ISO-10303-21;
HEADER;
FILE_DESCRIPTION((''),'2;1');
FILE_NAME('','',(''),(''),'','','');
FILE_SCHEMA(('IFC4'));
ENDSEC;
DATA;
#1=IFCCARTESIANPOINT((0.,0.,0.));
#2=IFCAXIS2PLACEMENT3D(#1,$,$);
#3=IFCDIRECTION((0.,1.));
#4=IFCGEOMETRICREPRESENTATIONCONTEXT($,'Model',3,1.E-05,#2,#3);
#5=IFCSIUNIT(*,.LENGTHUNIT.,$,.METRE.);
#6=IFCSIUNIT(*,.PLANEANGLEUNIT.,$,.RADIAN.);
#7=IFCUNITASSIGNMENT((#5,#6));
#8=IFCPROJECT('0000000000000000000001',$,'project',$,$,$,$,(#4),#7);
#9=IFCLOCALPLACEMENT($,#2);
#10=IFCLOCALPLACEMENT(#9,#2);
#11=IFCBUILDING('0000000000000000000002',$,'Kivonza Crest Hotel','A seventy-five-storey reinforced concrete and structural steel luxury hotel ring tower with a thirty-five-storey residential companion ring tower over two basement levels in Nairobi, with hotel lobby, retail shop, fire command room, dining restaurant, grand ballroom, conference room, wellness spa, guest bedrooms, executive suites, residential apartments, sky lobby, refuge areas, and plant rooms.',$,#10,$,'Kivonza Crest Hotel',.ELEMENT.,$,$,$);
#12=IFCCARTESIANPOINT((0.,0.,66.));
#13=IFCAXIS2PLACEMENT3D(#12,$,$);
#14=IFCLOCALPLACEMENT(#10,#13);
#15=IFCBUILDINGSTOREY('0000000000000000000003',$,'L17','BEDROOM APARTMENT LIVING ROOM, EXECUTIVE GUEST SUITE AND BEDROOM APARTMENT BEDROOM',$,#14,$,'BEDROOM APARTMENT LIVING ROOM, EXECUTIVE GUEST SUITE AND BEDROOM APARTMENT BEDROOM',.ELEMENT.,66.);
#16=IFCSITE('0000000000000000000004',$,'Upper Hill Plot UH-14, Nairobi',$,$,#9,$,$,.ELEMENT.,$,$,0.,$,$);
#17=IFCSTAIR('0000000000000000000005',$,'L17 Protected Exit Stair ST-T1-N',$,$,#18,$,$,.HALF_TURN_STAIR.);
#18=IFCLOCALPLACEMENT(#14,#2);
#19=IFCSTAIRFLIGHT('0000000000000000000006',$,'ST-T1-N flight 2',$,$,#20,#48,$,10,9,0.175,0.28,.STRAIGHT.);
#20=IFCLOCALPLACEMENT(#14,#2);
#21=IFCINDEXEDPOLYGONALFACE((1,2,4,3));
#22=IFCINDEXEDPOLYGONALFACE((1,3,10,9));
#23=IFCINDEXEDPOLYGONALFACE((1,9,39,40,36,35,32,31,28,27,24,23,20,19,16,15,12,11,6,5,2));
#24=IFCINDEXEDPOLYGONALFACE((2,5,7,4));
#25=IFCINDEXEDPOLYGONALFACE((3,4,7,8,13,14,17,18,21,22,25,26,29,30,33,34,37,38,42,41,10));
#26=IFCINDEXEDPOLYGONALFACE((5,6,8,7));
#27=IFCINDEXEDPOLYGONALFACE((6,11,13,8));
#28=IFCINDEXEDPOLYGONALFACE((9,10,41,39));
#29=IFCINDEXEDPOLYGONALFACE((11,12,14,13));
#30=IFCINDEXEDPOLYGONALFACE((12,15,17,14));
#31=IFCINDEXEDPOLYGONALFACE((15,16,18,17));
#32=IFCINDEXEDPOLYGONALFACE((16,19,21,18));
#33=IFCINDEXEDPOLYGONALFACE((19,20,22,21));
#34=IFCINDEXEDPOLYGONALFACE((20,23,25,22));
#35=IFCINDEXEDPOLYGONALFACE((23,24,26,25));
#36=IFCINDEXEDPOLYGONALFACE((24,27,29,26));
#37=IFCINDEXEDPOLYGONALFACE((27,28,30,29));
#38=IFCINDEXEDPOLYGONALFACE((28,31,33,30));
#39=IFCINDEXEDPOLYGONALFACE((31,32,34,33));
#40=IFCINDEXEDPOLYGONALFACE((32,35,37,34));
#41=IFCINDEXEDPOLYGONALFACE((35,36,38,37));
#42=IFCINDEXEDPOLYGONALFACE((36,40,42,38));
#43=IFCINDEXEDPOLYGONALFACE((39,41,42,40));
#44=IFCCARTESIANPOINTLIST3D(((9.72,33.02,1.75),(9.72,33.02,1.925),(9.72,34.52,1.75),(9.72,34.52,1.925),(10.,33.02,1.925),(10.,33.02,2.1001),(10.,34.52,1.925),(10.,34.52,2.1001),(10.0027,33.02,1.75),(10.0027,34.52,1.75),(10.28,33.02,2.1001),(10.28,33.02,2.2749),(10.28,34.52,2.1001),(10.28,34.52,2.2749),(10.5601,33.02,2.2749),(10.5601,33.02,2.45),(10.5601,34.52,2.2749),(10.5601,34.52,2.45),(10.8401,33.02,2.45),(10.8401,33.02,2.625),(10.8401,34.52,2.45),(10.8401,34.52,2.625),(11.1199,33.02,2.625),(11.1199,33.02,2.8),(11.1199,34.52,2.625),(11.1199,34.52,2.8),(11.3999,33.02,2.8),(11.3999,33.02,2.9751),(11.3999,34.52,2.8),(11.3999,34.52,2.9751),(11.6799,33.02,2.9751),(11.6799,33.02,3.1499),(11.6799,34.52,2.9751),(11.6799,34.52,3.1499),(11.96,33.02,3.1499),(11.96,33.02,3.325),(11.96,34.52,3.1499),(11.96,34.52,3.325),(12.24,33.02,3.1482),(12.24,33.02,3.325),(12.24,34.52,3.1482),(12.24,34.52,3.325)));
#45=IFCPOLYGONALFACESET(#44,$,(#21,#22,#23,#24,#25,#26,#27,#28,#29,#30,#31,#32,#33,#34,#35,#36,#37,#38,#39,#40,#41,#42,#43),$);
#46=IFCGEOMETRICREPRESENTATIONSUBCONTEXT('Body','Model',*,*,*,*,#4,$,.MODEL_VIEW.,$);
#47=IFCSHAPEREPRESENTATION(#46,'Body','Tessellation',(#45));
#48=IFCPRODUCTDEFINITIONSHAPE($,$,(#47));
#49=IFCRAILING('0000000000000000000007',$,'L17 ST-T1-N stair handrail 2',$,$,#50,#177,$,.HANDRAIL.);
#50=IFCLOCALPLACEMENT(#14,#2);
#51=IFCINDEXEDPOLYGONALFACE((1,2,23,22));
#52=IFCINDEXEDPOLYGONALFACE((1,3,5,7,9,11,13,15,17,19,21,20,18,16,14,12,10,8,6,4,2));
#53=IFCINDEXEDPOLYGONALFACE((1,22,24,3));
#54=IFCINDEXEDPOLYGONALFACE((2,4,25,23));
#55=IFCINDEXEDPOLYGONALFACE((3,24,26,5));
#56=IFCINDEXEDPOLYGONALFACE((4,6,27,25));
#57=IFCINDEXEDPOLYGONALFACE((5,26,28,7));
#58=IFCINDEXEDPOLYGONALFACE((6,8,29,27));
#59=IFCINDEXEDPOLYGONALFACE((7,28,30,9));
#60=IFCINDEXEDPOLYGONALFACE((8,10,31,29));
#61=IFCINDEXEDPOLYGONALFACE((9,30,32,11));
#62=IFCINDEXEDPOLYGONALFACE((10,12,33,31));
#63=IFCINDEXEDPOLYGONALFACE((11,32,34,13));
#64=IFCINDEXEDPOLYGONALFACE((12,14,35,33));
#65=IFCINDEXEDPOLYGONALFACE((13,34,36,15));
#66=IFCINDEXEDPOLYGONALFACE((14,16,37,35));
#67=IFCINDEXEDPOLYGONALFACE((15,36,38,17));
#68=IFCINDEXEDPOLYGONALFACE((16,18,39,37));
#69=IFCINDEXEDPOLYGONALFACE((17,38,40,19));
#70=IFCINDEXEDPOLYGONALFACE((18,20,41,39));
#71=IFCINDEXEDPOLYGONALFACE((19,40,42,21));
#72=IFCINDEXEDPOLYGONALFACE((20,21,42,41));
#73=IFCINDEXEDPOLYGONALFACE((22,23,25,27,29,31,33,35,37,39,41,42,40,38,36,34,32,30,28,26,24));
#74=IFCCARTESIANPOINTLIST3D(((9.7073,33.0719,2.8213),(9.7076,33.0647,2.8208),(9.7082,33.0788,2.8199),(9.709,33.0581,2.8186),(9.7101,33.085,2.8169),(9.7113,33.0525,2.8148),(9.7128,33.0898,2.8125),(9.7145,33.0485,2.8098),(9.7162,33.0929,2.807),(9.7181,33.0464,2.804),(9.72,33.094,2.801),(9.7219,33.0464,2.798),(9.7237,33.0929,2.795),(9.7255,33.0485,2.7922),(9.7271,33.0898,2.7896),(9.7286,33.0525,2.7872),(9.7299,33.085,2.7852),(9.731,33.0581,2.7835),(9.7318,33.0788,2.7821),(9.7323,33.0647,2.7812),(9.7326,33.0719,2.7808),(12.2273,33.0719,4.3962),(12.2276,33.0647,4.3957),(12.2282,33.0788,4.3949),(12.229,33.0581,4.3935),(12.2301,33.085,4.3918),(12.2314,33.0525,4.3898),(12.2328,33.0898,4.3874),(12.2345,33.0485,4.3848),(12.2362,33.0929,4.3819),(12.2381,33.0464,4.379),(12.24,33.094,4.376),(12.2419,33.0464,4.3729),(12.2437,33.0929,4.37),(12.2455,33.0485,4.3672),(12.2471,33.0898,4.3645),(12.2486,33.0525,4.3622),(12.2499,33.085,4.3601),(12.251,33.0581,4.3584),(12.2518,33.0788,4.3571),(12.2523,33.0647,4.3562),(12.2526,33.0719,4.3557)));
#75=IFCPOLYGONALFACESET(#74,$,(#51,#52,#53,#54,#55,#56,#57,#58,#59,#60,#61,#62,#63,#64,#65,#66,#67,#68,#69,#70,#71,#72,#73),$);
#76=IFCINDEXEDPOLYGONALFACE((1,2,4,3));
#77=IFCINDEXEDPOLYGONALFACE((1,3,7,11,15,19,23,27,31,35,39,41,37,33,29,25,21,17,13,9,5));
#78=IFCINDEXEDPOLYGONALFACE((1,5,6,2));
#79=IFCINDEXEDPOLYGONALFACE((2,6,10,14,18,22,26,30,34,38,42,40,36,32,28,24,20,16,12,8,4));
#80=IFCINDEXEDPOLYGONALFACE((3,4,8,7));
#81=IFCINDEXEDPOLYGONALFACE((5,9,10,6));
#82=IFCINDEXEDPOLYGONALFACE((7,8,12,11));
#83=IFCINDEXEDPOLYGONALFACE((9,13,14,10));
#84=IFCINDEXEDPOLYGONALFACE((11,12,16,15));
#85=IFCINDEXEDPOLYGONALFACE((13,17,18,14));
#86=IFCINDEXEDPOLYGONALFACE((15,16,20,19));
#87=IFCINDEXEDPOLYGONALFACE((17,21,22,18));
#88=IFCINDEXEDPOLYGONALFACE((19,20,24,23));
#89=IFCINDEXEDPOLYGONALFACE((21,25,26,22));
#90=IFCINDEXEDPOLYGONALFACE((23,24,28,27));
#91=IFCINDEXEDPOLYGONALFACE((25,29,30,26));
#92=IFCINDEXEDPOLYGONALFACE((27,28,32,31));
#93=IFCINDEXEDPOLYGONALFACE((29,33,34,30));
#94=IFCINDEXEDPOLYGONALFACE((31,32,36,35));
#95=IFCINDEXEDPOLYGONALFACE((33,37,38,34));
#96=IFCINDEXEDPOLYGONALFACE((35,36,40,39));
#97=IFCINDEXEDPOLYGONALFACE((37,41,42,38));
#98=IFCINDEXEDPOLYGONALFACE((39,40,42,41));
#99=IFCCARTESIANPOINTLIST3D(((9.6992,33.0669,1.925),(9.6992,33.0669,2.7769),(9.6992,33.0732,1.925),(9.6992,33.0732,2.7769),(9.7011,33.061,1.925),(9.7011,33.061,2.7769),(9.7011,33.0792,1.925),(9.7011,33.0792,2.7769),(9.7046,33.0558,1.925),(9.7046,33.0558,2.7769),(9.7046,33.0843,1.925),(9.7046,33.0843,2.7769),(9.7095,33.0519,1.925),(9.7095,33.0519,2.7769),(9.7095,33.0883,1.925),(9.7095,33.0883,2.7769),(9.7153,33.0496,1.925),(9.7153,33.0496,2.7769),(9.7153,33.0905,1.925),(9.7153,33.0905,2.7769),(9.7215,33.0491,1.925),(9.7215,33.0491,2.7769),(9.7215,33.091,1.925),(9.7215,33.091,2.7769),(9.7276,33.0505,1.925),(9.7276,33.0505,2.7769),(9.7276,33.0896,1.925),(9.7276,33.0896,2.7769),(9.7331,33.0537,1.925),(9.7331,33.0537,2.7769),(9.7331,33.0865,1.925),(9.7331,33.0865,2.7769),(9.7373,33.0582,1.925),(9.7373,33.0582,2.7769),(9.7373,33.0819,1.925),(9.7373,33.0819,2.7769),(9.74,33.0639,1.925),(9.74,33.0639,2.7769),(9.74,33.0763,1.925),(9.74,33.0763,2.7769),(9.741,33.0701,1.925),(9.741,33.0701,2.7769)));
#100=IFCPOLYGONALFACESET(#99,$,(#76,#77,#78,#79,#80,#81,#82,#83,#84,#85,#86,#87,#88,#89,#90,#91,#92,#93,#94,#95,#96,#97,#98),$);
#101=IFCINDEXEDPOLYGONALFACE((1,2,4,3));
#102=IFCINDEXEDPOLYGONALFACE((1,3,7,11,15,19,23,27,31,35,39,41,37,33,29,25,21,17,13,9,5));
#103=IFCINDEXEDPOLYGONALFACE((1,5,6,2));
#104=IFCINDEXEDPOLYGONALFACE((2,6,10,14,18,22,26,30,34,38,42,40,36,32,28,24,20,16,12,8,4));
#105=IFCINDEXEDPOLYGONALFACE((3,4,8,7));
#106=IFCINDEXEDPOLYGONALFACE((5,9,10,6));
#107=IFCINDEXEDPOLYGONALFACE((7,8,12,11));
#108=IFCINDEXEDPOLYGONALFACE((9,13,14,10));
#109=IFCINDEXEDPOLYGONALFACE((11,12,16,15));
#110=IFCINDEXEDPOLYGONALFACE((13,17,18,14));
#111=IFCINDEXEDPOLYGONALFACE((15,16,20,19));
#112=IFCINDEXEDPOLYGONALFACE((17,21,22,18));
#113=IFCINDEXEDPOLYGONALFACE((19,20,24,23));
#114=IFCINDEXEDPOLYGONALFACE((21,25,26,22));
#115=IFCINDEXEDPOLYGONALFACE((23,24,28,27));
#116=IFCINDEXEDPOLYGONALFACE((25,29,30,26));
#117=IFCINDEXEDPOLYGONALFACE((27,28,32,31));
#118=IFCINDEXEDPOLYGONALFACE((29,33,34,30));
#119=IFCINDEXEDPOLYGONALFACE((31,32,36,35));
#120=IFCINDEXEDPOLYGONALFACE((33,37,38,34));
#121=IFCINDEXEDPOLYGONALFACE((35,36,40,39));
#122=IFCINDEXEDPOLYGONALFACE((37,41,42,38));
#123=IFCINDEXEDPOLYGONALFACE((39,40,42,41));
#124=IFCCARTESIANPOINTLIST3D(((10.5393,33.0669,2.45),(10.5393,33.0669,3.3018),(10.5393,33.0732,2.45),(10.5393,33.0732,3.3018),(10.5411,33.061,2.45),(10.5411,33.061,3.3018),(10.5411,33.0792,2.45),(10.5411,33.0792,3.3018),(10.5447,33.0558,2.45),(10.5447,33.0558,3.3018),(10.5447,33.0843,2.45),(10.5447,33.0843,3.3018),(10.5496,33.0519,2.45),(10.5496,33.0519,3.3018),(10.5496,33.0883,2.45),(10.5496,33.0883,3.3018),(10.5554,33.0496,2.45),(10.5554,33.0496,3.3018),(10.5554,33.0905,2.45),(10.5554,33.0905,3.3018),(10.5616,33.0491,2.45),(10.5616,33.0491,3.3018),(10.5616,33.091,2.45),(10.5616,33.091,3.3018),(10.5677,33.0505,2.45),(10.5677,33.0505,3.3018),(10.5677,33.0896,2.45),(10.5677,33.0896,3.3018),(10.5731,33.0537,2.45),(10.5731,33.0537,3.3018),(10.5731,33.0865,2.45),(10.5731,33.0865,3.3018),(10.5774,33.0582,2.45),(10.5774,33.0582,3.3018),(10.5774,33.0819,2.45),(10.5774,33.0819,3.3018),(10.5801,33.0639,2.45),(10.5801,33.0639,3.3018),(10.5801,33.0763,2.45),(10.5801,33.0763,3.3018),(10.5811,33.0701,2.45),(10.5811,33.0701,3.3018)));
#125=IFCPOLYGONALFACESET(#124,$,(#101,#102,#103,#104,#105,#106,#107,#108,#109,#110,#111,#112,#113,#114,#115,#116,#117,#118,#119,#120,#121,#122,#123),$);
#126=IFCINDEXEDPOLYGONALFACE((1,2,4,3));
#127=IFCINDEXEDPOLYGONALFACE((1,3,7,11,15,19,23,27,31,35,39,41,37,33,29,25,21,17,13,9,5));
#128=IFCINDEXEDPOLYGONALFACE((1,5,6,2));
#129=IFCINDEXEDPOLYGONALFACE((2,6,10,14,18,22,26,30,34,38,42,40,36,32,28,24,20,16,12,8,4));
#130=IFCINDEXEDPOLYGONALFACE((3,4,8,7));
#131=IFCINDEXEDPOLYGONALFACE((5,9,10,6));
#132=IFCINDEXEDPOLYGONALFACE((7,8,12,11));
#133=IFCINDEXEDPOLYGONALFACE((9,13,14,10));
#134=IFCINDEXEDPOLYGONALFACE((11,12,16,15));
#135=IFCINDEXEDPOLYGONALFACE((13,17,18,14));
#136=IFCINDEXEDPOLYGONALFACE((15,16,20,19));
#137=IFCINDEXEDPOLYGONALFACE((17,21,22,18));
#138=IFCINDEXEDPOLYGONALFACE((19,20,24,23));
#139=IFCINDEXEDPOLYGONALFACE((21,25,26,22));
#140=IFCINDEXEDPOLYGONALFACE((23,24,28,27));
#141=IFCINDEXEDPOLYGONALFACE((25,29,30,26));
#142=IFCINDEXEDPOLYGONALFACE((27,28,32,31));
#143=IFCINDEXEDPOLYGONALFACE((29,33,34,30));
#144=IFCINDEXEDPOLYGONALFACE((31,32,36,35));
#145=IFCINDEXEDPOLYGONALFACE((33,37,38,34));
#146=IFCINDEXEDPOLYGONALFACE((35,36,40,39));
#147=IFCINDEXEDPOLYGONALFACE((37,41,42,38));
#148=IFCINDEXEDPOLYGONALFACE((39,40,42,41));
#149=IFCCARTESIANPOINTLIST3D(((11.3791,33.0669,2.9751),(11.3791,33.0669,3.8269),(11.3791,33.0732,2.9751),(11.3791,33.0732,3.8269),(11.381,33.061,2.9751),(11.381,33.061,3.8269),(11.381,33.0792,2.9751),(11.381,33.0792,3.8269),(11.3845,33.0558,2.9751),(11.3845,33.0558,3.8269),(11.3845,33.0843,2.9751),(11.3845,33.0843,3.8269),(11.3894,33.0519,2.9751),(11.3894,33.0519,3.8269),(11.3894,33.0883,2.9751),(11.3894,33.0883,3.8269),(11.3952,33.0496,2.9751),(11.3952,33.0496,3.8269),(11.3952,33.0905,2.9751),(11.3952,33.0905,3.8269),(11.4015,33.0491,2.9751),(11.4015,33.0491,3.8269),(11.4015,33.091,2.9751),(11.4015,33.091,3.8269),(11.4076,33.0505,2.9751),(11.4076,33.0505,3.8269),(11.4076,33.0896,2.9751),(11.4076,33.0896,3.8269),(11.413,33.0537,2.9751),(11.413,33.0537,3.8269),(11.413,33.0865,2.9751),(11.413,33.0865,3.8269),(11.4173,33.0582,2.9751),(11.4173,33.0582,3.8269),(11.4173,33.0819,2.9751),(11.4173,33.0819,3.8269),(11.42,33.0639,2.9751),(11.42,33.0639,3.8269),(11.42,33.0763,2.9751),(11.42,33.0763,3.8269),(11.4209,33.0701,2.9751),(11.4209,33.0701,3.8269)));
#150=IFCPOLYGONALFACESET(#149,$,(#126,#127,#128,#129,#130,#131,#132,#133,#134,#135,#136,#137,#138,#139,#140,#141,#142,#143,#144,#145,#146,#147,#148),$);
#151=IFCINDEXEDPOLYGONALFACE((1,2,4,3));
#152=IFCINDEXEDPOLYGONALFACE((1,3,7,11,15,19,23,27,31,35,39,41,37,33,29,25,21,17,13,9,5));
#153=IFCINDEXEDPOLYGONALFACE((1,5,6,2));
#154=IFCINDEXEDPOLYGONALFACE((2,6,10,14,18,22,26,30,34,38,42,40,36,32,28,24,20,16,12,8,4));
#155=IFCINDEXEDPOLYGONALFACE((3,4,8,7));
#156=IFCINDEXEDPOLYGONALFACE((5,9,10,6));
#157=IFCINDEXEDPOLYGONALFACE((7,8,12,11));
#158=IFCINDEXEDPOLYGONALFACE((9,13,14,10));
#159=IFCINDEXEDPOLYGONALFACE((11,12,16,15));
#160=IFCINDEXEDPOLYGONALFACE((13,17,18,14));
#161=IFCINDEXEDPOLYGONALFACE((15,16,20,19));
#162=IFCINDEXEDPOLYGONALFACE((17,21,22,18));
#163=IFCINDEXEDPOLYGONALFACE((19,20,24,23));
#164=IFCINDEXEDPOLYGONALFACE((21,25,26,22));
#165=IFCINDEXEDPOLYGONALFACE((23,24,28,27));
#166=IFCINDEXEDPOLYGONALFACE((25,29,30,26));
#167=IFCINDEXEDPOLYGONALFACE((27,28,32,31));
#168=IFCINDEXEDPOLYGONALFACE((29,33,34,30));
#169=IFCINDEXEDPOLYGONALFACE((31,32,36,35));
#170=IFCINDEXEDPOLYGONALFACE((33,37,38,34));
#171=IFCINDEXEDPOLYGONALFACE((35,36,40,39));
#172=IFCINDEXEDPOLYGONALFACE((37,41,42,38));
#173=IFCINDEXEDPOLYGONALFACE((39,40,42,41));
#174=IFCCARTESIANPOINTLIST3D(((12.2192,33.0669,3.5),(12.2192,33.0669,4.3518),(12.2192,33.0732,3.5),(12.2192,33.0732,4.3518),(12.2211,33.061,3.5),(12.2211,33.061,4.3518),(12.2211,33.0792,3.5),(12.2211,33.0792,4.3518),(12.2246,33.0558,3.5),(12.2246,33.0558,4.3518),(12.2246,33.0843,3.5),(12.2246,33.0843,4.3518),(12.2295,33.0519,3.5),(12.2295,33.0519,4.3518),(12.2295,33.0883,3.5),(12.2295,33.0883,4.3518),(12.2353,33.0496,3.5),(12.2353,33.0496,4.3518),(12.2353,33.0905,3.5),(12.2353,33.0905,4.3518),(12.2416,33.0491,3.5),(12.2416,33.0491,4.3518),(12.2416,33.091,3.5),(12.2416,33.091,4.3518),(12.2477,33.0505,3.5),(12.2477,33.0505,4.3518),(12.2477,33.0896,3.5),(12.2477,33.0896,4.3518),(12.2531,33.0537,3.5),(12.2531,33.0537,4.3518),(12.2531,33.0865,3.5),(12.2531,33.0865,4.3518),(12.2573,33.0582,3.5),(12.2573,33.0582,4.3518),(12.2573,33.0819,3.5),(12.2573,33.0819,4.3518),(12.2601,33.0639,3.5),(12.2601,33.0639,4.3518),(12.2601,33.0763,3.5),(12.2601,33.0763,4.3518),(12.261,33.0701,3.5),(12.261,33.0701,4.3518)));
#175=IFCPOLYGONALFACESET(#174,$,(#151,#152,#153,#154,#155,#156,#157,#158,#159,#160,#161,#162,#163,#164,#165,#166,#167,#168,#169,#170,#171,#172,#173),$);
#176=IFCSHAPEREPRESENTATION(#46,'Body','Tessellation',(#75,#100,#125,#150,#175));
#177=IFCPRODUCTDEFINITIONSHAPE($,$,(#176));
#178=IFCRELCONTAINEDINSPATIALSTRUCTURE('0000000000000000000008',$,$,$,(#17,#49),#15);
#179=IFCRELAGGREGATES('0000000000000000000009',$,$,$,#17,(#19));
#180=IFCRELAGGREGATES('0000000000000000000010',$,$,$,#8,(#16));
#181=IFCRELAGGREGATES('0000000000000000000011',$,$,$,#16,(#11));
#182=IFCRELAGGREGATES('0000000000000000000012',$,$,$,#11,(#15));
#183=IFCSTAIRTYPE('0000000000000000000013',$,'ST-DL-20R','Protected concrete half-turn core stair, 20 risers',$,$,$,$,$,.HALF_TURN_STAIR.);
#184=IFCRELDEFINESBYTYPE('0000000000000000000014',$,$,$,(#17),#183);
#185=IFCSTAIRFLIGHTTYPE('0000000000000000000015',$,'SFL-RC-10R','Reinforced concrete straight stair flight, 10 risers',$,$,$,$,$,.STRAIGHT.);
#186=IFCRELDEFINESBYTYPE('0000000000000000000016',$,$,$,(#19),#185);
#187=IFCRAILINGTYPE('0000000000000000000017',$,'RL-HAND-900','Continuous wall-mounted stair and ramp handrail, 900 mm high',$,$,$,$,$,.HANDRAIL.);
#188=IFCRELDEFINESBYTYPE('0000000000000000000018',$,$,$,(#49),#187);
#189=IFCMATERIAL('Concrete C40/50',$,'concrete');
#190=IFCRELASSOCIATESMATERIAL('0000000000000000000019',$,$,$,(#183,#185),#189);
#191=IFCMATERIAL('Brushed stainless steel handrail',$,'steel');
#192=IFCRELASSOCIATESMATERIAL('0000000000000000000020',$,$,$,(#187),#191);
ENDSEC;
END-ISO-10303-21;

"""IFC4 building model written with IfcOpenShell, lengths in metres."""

from ifc_helpers import new_model, si_unit, direction, frame, origin, origin_2d, place, context, subcontext, project, spatial, polyline, circle, outline, extrude, material, type_object, element, aggregate, save


model = new_model("IFC4")

# Units and contexts
model_context = context("Model", 3, precision=1e-05, world=origin(), true_north=direction((0.0, 1.0)))
body_context = subcontext(model_context, "Body", "Model", "MODEL_VIEW")
ifc_project = project(units=[si_unit("LENGTHUNIT", "METRE"), si_unit("PLANEANGLEUNIT", "RADIAN")], contexts=[model_context])

# Site, building, storey
site_placement = place(None, origin())
site = spatial("IfcSite", under=ifc_project, at=site_placement, Name="Upper Hill Plot UH-14, Nairobi", CompositionType="ELEMENT", RefElevation=0.0)
building_placement = place(site_placement, origin())
building = spatial("IfcBuilding", under=site, at=building_placement, Name="Kivonza Crest Hotel", Description="A seventy-five-storey reinforced concrete and structural steel luxury hotel ring tower with a thirty-five-storey residential companion ring tower over two basement levels in Nairobi, with hotel lobby, retail shop, fire command room, dining restaurant, grand ballroom, conference room, wellness spa, guest bedrooms, executive suites, residential apartments, sky lobby, refuge areas, and plant rooms.", LongName="Kivonza Crest Hotel", CompositionType="ELEMENT")
storey_placement = place(building_placement, frame((0.0, 0.0, 66.0)))
storey = spatial("IfcBuildingStorey", under=building, at=storey_placement, Name="L17", Description="BEDROOM APARTMENT LIVING ROOM, EXECUTIVE GUEST SUITE AND BEDROOM APARTMENT BEDROOM", LongName="BEDROOM APARTMENT LIVING ROOM, EXECUTIVE GUEST SUITE AND BEDROOM APARTMENT BEDROOM", CompositionType="ELEMENT", Elevation=66.0)

# Stair, stair flight
ifc_material_1 = material(Name="Concrete C40/50", Category="concrete")
stair_type = type_object("IfcStairType", Name="ST-DL-20R", Description="Protected concrete half-turn core stair, 20 risers", PredefinedType="HALF_TURN_STAIR", material=ifc_material_1)
stair_placement = place(storey_placement, origin())
stair = element("IfcStair", 1, at=stair_placement, inside=storey, type_object=stair_type, Name="L17 Protected Exit Stair ST-T1-N", PredefinedType="HALF_TURN_STAIR")
stair_flight_type = type_object("IfcStairFlightType", Name="SFL-RC-10R", Description="Reinforced concrete straight stair flight, 10 risers", PredefinedType="STRAIGHT", material=ifc_material_1)
stair_flight_placement = place(storey_placement, frame((9.72, 33.77, 1.75), z_axis=(0.0, 0.0, 1.0), x_axis=(1.0, 0.0, 0.0)))
stair_flight = element("IfcStairFlight", 2, at=stair_flight_placement, type_object=stair_flight_type, Name="ST-T1-N flight 2", NumberOfRisers=10, NumberOfTreads=9, PredefinedType="STRAIGHT", RiserHeight=0.175, TreadLength=0.28, context=body_context, shape_type="SweptSolid", body=[
    extrude(outline(polyline([(0.0, 0.0), (0.0, 0.175), (0.28, 0.175), (0.28, 0.3501), (0.5601, 0.3501), (0.5601, 0.5249), (0.8401, 0.5249), (0.8401, 0.7), (1.1201, 0.7), (1.1201, 0.875), (1.3999, 0.875), (1.3999, 1.05), (1.6799, 1.05), (1.6799, 1.2251), (1.96, 1.2251), (1.96, 1.3999), (2.24, 1.3999), (2.24, 1.575), (2.52, 1.575), (2.52, 1.75), (2.52, 1.3982), (0.2827, 0.0), (0.0, 0.0)])), frame((0.0, 0.75, 0.0), z_axis=(0.0, -1.0, 0.0), x_axis=(1.0, 0.0, 0.0)), (0.0, 0.0, 1.0), 1.5),
])
aggregate(stair, [stair_flight])

# Railing
ifc_material_2 = material(Name="Brushed stainless steel handrail", Category="steel")
railing_type = type_object("IfcRailingType", Name="RL-HAND-900", Description="Continuous wall-mounted stair and ramp handrail, 900 mm high", PredefinedType="HANDRAIL", material=ifc_material_2)
railing_placement = place(storey_placement, frame((9.72, 33.0701, 1.925)))
element("IfcRailing", 3, at=railing_placement, inside=storey, type_object=railing_type, Name="L17 ST-T1-N stair handrail 2", PredefinedType="HANDRAIL", context=body_context, shape_type="SweptSolid", body=[
    extrude(circle(Radius=0.0239, at=origin_2d()), frame((0.0, 0.0, 0.876), z_axis=(0.848008, 0.0, 0.529984), x_axis=(0.0, 1.0, 0.0)), (0.0, 0.0, 1.0), 2.9717),
    extrude(circle(Radius=0.021, at=origin_2d()), origin(), (0.0, 0.0, 1.0), 0.8518),
    extrude(circle(Radius=0.021, at=origin_2d()), frame((0.8401, 0.0, 0.5249)), (0.0, 0.0, 1.0), 0.8518),
    extrude(circle(Radius=0.021, at=origin_2d()), frame((1.6799, 0.0, 1.05)), (0.0, 0.0, 1.0), 0.8518),
    extrude(circle(Radius=0.021, at=origin_2d()), frame((2.52, 0.0, 1.575)), (0.0, 0.0, 1.0), 0.8518),
])

save(model, "model.ifc")
